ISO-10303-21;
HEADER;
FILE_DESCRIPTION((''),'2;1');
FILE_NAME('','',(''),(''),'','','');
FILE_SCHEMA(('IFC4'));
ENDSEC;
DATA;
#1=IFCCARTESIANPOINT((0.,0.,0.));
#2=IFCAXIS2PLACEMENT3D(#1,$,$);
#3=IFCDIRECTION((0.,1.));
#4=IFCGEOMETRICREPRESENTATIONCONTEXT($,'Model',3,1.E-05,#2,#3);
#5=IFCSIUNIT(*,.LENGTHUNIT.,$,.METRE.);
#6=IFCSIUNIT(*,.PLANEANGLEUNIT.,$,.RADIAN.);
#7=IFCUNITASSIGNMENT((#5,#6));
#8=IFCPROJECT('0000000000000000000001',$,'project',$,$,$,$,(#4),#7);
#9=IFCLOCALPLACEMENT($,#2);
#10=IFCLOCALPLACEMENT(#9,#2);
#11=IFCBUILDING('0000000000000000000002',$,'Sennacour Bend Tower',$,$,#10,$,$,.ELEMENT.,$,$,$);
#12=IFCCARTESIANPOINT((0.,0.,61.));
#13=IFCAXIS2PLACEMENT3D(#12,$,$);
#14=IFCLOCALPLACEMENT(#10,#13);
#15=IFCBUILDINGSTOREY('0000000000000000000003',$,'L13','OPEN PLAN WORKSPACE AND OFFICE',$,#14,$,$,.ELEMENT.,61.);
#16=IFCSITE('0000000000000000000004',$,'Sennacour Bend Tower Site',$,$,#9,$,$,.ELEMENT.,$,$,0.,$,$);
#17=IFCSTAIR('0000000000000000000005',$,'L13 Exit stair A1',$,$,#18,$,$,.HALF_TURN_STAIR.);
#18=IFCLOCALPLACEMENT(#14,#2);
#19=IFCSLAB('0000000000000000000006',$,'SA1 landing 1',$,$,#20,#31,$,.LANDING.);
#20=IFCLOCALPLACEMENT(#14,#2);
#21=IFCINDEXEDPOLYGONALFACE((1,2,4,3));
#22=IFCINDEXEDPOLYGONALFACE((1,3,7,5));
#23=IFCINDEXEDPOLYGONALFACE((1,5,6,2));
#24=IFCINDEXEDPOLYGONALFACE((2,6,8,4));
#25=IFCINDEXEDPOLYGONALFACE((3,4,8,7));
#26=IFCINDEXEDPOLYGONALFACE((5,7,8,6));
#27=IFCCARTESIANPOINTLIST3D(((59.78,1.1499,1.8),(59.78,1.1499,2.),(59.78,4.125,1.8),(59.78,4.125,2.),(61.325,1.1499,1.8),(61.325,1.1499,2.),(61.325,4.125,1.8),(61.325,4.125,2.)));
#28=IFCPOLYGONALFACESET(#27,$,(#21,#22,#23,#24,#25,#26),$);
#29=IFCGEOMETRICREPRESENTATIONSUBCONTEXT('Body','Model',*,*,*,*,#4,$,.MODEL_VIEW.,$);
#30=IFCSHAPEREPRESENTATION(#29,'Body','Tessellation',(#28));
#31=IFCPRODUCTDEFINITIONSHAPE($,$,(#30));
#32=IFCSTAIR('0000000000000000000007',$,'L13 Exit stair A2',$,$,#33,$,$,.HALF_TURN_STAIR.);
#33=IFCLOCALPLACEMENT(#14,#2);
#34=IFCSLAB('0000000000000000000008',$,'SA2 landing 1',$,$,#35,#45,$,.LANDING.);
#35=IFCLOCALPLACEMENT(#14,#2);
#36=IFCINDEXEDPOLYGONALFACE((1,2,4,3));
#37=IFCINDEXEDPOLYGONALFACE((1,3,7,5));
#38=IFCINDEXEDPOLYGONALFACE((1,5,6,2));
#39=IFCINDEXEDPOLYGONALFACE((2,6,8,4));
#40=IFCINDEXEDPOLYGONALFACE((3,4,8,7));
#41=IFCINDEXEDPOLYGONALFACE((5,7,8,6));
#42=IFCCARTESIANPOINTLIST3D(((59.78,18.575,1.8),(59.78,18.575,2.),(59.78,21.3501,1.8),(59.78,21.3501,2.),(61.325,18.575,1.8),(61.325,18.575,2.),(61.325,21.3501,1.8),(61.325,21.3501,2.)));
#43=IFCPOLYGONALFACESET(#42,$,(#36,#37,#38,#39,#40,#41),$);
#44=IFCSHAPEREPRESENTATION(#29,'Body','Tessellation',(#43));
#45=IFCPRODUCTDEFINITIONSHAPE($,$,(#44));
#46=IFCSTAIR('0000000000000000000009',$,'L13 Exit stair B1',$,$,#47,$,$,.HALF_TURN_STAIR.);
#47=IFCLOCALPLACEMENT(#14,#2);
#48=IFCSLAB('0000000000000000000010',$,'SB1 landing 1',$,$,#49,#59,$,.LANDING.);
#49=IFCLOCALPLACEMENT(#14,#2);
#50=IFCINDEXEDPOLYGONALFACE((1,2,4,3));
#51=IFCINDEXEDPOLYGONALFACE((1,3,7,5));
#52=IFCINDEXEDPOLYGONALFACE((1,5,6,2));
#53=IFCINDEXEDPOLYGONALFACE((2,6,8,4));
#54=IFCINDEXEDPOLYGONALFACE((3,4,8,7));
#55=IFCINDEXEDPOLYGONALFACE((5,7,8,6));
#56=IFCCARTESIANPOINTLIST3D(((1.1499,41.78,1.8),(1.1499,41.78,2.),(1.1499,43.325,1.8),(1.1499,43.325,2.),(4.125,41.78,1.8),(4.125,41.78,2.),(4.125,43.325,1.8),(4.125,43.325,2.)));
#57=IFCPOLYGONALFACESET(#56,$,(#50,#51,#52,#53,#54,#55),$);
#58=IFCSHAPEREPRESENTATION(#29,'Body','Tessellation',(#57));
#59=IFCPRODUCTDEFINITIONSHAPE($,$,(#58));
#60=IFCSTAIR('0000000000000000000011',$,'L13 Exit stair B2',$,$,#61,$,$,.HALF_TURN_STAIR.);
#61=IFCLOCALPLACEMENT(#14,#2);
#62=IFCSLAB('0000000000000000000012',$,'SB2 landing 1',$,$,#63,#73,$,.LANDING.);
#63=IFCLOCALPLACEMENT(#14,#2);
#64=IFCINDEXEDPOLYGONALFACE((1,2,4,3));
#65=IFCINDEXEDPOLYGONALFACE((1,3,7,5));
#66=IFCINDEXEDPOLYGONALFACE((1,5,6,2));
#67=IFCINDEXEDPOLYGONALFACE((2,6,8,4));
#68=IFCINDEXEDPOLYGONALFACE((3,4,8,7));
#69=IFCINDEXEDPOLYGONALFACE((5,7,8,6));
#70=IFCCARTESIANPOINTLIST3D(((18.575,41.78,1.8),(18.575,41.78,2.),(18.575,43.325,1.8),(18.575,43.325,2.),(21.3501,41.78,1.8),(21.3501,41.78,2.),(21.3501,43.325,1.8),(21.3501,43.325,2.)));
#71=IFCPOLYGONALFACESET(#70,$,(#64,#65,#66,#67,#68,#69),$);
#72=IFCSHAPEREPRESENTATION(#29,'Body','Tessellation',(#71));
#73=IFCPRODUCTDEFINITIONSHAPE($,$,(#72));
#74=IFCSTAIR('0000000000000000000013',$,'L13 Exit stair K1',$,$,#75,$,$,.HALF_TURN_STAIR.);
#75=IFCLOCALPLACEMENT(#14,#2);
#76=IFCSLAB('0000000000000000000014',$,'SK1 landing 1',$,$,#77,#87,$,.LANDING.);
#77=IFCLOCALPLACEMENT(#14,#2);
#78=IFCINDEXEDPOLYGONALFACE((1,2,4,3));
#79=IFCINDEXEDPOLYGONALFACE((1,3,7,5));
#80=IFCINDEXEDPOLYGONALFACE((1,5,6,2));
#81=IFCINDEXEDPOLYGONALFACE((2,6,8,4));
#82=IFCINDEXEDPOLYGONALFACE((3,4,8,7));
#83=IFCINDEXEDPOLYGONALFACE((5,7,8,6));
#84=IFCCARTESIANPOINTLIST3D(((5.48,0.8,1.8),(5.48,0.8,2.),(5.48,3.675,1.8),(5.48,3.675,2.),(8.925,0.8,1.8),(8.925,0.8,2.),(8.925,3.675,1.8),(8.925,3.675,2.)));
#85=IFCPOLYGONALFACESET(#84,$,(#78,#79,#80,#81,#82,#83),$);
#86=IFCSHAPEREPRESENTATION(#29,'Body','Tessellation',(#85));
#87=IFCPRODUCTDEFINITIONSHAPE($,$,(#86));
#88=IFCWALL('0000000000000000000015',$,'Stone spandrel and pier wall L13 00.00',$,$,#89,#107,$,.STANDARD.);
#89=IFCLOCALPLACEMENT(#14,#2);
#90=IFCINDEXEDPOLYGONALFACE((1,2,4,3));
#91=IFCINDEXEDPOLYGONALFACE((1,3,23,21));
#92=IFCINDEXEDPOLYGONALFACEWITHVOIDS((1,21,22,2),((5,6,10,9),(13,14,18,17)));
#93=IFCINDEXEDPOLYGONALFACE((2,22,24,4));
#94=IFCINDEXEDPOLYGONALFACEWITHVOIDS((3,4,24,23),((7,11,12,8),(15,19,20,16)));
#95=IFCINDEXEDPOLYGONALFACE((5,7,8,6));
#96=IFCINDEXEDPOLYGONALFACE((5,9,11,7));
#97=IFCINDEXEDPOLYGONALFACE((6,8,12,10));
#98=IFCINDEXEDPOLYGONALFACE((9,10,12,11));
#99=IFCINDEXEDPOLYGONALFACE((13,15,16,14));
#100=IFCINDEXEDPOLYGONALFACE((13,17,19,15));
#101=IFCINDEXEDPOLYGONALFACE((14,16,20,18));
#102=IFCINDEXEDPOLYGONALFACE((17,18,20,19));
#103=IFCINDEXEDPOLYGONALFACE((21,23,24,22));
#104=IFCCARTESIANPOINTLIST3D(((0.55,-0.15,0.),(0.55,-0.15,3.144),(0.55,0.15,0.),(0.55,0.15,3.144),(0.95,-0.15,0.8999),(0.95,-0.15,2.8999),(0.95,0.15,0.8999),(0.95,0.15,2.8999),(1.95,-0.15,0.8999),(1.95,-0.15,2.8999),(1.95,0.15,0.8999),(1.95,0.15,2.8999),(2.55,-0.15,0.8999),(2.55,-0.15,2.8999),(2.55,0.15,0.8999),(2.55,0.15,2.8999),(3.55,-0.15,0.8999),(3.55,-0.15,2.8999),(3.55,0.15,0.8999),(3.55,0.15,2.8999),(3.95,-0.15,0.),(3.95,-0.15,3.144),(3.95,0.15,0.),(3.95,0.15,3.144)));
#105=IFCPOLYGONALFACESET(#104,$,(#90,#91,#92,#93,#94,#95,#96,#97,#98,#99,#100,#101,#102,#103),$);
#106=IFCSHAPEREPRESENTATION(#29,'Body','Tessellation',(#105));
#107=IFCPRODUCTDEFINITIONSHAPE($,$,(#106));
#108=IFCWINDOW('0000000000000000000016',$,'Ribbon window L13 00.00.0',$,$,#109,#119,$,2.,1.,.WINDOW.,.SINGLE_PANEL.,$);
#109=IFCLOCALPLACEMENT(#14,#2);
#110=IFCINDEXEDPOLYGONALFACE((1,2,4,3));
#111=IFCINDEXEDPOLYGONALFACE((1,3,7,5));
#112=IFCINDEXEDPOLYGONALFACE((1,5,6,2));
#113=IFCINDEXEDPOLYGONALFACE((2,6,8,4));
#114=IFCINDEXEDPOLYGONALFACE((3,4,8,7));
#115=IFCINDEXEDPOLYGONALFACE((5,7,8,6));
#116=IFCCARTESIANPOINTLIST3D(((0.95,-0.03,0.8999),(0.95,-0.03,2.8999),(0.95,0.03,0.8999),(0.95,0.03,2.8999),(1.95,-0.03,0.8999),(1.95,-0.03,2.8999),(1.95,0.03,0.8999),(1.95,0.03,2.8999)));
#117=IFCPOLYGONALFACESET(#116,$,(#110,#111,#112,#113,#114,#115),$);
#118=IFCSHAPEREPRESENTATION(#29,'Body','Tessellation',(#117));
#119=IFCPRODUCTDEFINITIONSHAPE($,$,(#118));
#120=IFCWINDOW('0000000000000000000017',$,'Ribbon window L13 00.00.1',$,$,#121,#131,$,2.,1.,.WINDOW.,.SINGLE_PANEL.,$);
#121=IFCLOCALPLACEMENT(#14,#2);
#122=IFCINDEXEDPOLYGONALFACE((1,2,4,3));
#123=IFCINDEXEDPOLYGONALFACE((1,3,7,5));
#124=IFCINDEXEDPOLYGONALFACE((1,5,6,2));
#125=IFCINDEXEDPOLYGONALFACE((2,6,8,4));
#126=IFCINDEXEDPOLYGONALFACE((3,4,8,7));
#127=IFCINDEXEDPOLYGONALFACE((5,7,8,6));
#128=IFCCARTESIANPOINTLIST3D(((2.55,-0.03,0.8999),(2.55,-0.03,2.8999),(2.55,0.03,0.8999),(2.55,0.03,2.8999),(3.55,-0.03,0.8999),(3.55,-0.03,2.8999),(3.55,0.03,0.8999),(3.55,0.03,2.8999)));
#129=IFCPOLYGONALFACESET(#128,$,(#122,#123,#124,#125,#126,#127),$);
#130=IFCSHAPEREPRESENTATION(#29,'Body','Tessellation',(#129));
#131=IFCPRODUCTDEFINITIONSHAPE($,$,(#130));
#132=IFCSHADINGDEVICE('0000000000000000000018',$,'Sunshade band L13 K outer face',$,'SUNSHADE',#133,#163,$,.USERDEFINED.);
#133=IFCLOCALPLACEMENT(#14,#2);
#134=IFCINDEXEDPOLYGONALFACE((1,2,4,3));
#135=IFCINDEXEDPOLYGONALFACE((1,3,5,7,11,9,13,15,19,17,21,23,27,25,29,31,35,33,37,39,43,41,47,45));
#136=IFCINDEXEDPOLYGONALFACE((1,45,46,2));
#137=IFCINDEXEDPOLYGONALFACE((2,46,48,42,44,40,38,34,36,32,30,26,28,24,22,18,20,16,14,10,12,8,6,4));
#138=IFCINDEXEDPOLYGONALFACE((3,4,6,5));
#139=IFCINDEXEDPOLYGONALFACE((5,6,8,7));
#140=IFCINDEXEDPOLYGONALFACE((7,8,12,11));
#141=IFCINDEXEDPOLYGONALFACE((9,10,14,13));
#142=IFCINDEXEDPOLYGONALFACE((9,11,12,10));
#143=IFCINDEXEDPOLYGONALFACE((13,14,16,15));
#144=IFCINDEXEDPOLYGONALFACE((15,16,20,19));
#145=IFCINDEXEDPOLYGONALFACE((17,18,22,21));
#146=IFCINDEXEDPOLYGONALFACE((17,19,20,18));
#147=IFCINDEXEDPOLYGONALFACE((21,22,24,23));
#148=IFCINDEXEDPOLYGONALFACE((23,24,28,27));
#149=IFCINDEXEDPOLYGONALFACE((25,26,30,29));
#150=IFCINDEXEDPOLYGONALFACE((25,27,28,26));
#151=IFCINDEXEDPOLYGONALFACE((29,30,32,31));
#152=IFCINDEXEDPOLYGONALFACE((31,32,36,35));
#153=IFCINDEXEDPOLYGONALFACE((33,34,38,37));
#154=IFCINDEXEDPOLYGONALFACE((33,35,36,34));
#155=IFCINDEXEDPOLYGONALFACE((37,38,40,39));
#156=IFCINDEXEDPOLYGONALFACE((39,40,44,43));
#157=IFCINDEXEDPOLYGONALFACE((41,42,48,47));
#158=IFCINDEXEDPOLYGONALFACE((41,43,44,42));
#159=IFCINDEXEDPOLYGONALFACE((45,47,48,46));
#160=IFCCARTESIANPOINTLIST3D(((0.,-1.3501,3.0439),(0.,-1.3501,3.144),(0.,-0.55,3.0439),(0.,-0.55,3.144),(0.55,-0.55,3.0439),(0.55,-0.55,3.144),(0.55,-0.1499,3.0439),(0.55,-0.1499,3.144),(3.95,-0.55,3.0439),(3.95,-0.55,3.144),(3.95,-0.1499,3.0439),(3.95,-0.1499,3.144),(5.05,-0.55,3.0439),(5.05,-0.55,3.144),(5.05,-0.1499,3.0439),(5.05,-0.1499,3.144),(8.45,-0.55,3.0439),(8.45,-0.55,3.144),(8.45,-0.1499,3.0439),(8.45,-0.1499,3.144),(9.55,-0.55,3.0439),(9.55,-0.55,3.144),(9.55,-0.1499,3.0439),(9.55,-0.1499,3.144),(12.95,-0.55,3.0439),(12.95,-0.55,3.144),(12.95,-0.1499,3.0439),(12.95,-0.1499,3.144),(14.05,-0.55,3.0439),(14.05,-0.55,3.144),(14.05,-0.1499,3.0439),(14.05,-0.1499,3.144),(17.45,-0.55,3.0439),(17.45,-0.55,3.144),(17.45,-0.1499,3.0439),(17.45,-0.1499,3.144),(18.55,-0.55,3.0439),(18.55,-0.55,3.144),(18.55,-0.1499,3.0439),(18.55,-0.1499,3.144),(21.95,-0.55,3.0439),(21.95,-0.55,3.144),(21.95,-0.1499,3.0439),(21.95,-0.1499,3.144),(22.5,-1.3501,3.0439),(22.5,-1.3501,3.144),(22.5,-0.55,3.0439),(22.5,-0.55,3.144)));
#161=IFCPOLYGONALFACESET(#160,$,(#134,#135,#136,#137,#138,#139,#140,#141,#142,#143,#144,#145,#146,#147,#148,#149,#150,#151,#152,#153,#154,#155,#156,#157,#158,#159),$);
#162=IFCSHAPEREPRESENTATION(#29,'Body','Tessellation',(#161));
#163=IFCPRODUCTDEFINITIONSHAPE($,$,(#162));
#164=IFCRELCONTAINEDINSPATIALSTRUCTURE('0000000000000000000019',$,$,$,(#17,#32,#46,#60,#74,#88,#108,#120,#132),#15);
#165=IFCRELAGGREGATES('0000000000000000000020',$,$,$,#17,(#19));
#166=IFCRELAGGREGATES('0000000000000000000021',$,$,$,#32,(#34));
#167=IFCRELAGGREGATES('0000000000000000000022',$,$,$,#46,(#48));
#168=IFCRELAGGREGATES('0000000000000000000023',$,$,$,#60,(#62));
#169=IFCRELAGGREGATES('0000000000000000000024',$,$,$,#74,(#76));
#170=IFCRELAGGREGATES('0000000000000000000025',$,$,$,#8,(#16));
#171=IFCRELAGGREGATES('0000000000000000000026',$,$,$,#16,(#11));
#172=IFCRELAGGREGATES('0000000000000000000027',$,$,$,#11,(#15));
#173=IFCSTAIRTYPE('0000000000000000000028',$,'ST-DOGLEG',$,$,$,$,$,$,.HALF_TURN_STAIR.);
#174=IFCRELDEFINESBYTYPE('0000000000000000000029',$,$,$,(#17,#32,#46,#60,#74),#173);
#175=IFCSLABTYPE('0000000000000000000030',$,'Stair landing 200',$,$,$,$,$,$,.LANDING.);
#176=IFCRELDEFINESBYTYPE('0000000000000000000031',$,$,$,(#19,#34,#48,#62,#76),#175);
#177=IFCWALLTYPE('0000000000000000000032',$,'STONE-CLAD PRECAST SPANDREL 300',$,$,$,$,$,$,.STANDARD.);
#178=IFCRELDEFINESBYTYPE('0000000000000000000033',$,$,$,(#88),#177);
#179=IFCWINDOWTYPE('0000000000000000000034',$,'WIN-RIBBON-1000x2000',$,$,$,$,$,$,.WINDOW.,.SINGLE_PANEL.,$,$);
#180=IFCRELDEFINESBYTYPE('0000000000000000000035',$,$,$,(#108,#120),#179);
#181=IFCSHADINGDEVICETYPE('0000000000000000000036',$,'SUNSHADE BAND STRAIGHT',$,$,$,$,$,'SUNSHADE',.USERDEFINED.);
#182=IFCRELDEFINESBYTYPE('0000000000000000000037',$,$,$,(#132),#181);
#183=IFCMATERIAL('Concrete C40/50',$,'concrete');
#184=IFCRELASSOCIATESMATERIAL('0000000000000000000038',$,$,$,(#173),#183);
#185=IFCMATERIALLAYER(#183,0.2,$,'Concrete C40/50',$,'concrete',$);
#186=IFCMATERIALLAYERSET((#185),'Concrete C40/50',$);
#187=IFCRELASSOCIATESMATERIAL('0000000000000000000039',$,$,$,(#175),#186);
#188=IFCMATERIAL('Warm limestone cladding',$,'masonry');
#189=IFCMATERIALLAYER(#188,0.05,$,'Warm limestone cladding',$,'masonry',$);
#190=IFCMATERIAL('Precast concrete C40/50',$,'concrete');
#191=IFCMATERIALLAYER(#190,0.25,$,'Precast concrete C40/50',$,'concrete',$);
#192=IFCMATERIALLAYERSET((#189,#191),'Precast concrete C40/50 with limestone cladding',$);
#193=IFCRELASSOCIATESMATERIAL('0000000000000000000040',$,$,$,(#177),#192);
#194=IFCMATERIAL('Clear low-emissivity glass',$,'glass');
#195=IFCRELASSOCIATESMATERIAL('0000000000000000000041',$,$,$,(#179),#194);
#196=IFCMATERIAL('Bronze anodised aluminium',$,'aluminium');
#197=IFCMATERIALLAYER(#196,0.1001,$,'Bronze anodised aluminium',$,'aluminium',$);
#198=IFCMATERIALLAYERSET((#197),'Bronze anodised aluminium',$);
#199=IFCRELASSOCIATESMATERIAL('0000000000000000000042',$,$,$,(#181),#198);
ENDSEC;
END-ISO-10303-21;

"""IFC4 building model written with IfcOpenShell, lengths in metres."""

from ifc_helpers import new_model, si_unit, direction, frame, frame_2d, origin, place, context, subcontext, project, spatial, polyline, rectangle, outline, extrude, material, layer, layer_set, type_object, element, fill, aggregate, save


model = new_model("IFC4")

# Units and contexts
model_context = context("Model", 3, precision=1e-05, world=origin(), true_north=direction((0.0, 1.0)))
body_context = subcontext(model_context, "Body", "Model", "MODEL_VIEW")
ifc_project = project(units=[si_unit("LENGTHUNIT", "METRE"), si_unit("PLANEANGLEUNIT", "RADIAN")], contexts=[model_context])

# Site, building, storey
site_placement = place(None, origin())
site = spatial("IfcSite", under=ifc_project, at=site_placement, Name="Sennacour Bend Tower Site", CompositionType="ELEMENT", RefElevation=0.0)
building_placement = place(site_placement, origin())
building = spatial("IfcBuilding", under=site, at=building_placement, Name="Sennacour Bend Tower", CompositionType="ELEMENT")
storey_placement = place(building_placement, frame((0.0, 0.0, 61.0)))
storey = spatial("IfcBuildingStorey", under=building, at=storey_placement, Name="L13", Description="OPEN PLAN WORKSPACE AND OFFICE", CompositionType="ELEMENT", Elevation=61.0)

# Shared definitions
ifc_material_1 = material(Name="Concrete C40/50", Category="concrete")

# Stairs, slabs
stair_type = type_object("IfcStairType", Name="ST-DOGLEG", PredefinedType="HALF_TURN_STAIR", material=ifc_material_1)
stair_1_placement = place(storey_placement, origin())
stair_1 = element("IfcStair", 1, at=stair_1_placement, inside=storey, type_object=stair_type, Name="L13 Exit stair A1", PredefinedType="HALF_TURN_STAIR")
ifc_layer_1 = layer(ifc_material_1, 0.2, Name="Concrete C40/50", Category="concrete")
ifc_layer_set_1 = layer_set([ifc_layer_1], Name="Concrete C40/50")
slab_type_1 = type_object("IfcSlabType", Name="Stair landing 200", PredefinedType="LANDING", material=ifc_layer_set_1)
slab_1_placement = place(storey_placement, frame((0.0, 0.0, 1.8)))
slab_1 = element("IfcSlab", 2, at=slab_1_placement, type_object=slab_type_1, Name="SA1 landing 1", PredefinedType="LANDING", context=body_context, shape_type="SweptSolid", body=[
    extrude(outline(polyline([(59.78, 1.1499), (61.325, 1.1499), (61.325, 4.125), (59.78, 4.125), (59.78, 1.1499)])), origin(), (0.0, 0.0, 1.0), 0.2),
])
aggregate(stair_1, [slab_1])
stair_2_placement = place(storey_placement, origin())
stair_2 = element("IfcStair", 3, at=stair_2_placement, inside=storey, type_object=stair_type, Name="L13 Exit stair A2", PredefinedType="HALF_TURN_STAIR")
slab_2_placement = place(storey_placement, frame((0.0, 0.0, 1.8)))
slab_2 = element("IfcSlab", 4, at=slab_2_placement, type_object=slab_type_1, Name="SA2 landing 1", PredefinedType="LANDING", context=body_context, shape_type="SweptSolid", body=[
    extrude(outline(polyline([(59.78, 18.575), (61.325, 18.575), (61.325, 21.3501), (59.78, 21.3501), (59.78, 18.575)])), origin(), (0.0, 0.0, 1.0), 0.2),
])
aggregate(stair_2, [slab_2])
stair_3_placement = place(storey_placement, origin())
stair_3 = element("IfcStair", 5, at=stair_3_placement, inside=storey, type_object=stair_type, Name="L13 Exit stair B1", PredefinedType="HALF_TURN_STAIR")
slab_3_placement = place(storey_placement, frame((0.0, 0.0, 1.8)))
slab_3 = element("IfcSlab", 6, at=slab_3_placement, type_object=slab_type_1, Name="SB1 landing 1", PredefinedType="LANDING", context=body_context, shape_type="SweptSolid", body=[
    extrude(outline(polyline([(1.1499, 41.78), (4.125, 41.78), (4.125, 43.325), (1.1499, 43.325), (1.1499, 41.78)])), origin(), (0.0, 0.0, 1.0), 0.2),
])
aggregate(stair_3, [slab_3])
stair_4_placement = place(storey_placement, origin())
stair_4 = element("IfcStair", 7, at=stair_4_placement, inside=storey, type_object=stair_type, Name="L13 Exit stair B2", PredefinedType="HALF_TURN_STAIR")
slab_4_placement = place(storey_placement, frame((0.0, 0.0, 1.8)))
slab_4 = element("IfcSlab", 8, at=slab_4_placement, type_object=slab_type_1, Name="SB2 landing 1", PredefinedType="LANDING", context=body_context, shape_type="SweptSolid", body=[
    extrude(outline(polyline([(18.575, 41.78), (21.3501, 41.78), (21.3501, 43.325), (18.575, 43.325), (18.575, 41.78)])), origin(), (0.0, 0.0, 1.0), 0.2),
])
aggregate(stair_4, [slab_4])
stair_5_placement = place(storey_placement, origin())
stair_5 = element("IfcStair", 9, at=stair_5_placement, inside=storey, type_object=stair_type, Name="L13 Exit stair K1", PredefinedType="HALF_TURN_STAIR")
slab_5_placement = place(storey_placement, frame((0.0, 0.0, 1.8)))
slab_5 = element("IfcSlab", 10, at=slab_5_placement, type_object=slab_type_1, Name="SK1 landing 1", PredefinedType="LANDING", context=body_context, shape_type="SweptSolid", body=[
    extrude(outline(polyline([(5.48, 0.8), (8.925, 0.8), (8.925, 3.675), (5.48, 3.675), (5.48, 0.8)])), origin(), (0.0, 0.0, 1.0), 0.2),
])
aggregate(stair_5, [slab_5])

# Wall, openings, windows
ifc_material_2 = material(Name="Warm limestone cladding", Category="masonry")
ifc_layer_2 = layer(ifc_material_2, 0.05, Name="Warm limestone cladding", Category="masonry")
ifc_material_3 = material(Name="Precast concrete C40/50", Category="concrete")
ifc_layer_3 = layer(ifc_material_3, 0.25, Name="Precast concrete C40/50", Category="concrete")
ifc_layer_set_2 = layer_set([ifc_layer_2, ifc_layer_3], Name="Precast concrete C40/50 with limestone cladding")
wall_type = type_object("IfcWallType", Name="STONE-CLAD PRECAST SPANDREL 300", PredefinedType="STANDARD", material=ifc_layer_set_2)
wall_placement = place(storey_placement, frame((0.55, 0.0, 0.0), z_axis=(0.0, 0.0, 1.0), x_axis=(1.0, 0.0, 0.0)))
wall = element("IfcWall", 11, at=wall_placement, inside=storey, type_object=wall_type, Name="Stone spandrel and pier wall L13 00.00", PredefinedType="STANDARD", context=body_context, shape_type="SweptSolid", body=[
    extrude(rectangle(XDim=3.3999, YDim=0.3, at=frame_2d((1.7, 0.0))), origin(), (0.0, 0.0, 1.0), 3.144),
])
opening_1_placement = place(wall_placement, frame((0.3999, 0.0, 0.8999)))
opening_1 = element("IfcOpeningElement", 12, at=opening_1_placement, cuts=wall, PredefinedType="OPENING", context=body_context, shape_type="SweptSolid", body=[
    extrude(rectangle(XDim=1.0, YDim=2.0, at=frame_2d((0.5, 1.0))), frame((0.0, 0.1602, 0.0), z_axis=(0.0, -1.0, 0.0), x_axis=(1.0, 0.0, 0.0)), (0.0, 0.0, 1.0), 0.3201),
])
opening_2_placement = place(wall_placement, frame((2.0, 0.0, 0.8999)))
opening_2 = element("IfcOpeningElement", 13, at=opening_2_placement, cuts=wall, PredefinedType="OPENING", context=body_context, shape_type="SweptSolid", body=[
    extrude(rectangle(XDim=1.0, YDim=2.0, at=frame_2d((0.5, 1.0))), frame((0.0, 0.1602, 0.0), z_axis=(0.0, -1.0, 0.0), x_axis=(1.0, 0.0, 0.0)), (0.0, 0.0, 1.0), 0.3201),
])
ifc_material_4 = material(Name="Clear low-emissivity glass", Category="glass")
window_type = type_object("IfcWindowType", Name="WIN-RIBBON-1000x2000", PartitioningType="SINGLE_PANEL", PredefinedType="WINDOW", material=ifc_material_4)
window_1_placement = place(opening_1_placement, origin())
window_1 = element("IfcWindow", 14, at=window_1_placement, inside=storey, type_object=window_type, Name="Ribbon window L13 00.00.0", OverallHeight=2.0, OverallWidth=1.0, PartitioningType="SINGLE_PANEL", PredefinedType="WINDOW", context=body_context, shape_type="SweptSolid", body=[
    extrude(rectangle(XDim=1.0, YDim=2.0, at=frame_2d((0.5, 1.0))), frame((0.0, 0.03, 0.0), z_axis=(0.0, -1.0, 0.0), x_axis=(1.0, 0.0, 0.0)), (0.0, 0.0, 1.0), 0.0601),
])
fill(opening_1, window_1)
window_2_placement = place(opening_2_placement, origin())
window_2 = element("IfcWindow", 15, at=window_2_placement, inside=storey, type_object=window_type, Name="Ribbon window L13 00.00.1", OverallHeight=2.0, OverallWidth=1.0, PartitioningType="SINGLE_PANEL", PredefinedType="WINDOW", context=body_context, shape_type="SweptSolid", body=[
    extrude(rectangle(XDim=1.0, YDim=2.0, at=frame_2d((0.5, 1.0))), frame((0.0, 0.03, 0.0), z_axis=(0.0, -1.0, 0.0), x_axis=(1.0, 0.0, 0.0)), (0.0, 0.0, 1.0), 0.0601),
])
fill(opening_2, window_2)

# Shading device
ifc_material_5 = material(Name="Bronze anodised aluminium", Category="aluminium")
ifc_layer_4 = layer(ifc_material_5, 0.1001, Name="Bronze anodised aluminium", Category="aluminium")
ifc_layer_set_3 = layer_set([ifc_layer_4], Name="Bronze anodised aluminium")
shading_device_type_1 = type_object("IfcShadingDeviceType", Name="SUNSHADE BAND STRAIGHT", ElementType="SUNSHADE", PredefinedType="USERDEFINED", material=ifc_layer_set_3)
shading_device_1_placement = place(storey_placement, frame((0.0, 0.0, 3.0439)))
element("IfcShadingDevice", 16, at=shading_device_1_placement, inside=storey, type_object=shading_device_type_1, Name="Sunshade band L13 K outer face", ObjectType="SUNSHADE", PredefinedType="USERDEFINED", context=body_context, shape_type="SweptSolid", body=[
    extrude(outline(polyline([(3.95, -0.1499), (3.95, -0.55), (5.05, -0.55), (5.05, -0.1499), (8.45, -0.1499), (8.45, -0.55), (9.55, -0.55), (9.55, -0.1499), (12.95, -0.1499), (12.95, -0.55), (14.05, -0.55), (14.05, -0.1499), (17.45, -0.1499), (17.45, -0.55), (18.55, -0.55), (18.55, -0.1499), (21.95, -0.1499), (21.95, -0.55), (22.5, -0.55), (22.5, -1.3501), (0.0, -1.3501), (0.0, -0.55), (0.55, -0.55), (0.55, -0.1499), (3.95, -0.1499)])), origin(), (0.0, 0.0, 1.0), 0.1001),
])

save(model, "model.ifc")
